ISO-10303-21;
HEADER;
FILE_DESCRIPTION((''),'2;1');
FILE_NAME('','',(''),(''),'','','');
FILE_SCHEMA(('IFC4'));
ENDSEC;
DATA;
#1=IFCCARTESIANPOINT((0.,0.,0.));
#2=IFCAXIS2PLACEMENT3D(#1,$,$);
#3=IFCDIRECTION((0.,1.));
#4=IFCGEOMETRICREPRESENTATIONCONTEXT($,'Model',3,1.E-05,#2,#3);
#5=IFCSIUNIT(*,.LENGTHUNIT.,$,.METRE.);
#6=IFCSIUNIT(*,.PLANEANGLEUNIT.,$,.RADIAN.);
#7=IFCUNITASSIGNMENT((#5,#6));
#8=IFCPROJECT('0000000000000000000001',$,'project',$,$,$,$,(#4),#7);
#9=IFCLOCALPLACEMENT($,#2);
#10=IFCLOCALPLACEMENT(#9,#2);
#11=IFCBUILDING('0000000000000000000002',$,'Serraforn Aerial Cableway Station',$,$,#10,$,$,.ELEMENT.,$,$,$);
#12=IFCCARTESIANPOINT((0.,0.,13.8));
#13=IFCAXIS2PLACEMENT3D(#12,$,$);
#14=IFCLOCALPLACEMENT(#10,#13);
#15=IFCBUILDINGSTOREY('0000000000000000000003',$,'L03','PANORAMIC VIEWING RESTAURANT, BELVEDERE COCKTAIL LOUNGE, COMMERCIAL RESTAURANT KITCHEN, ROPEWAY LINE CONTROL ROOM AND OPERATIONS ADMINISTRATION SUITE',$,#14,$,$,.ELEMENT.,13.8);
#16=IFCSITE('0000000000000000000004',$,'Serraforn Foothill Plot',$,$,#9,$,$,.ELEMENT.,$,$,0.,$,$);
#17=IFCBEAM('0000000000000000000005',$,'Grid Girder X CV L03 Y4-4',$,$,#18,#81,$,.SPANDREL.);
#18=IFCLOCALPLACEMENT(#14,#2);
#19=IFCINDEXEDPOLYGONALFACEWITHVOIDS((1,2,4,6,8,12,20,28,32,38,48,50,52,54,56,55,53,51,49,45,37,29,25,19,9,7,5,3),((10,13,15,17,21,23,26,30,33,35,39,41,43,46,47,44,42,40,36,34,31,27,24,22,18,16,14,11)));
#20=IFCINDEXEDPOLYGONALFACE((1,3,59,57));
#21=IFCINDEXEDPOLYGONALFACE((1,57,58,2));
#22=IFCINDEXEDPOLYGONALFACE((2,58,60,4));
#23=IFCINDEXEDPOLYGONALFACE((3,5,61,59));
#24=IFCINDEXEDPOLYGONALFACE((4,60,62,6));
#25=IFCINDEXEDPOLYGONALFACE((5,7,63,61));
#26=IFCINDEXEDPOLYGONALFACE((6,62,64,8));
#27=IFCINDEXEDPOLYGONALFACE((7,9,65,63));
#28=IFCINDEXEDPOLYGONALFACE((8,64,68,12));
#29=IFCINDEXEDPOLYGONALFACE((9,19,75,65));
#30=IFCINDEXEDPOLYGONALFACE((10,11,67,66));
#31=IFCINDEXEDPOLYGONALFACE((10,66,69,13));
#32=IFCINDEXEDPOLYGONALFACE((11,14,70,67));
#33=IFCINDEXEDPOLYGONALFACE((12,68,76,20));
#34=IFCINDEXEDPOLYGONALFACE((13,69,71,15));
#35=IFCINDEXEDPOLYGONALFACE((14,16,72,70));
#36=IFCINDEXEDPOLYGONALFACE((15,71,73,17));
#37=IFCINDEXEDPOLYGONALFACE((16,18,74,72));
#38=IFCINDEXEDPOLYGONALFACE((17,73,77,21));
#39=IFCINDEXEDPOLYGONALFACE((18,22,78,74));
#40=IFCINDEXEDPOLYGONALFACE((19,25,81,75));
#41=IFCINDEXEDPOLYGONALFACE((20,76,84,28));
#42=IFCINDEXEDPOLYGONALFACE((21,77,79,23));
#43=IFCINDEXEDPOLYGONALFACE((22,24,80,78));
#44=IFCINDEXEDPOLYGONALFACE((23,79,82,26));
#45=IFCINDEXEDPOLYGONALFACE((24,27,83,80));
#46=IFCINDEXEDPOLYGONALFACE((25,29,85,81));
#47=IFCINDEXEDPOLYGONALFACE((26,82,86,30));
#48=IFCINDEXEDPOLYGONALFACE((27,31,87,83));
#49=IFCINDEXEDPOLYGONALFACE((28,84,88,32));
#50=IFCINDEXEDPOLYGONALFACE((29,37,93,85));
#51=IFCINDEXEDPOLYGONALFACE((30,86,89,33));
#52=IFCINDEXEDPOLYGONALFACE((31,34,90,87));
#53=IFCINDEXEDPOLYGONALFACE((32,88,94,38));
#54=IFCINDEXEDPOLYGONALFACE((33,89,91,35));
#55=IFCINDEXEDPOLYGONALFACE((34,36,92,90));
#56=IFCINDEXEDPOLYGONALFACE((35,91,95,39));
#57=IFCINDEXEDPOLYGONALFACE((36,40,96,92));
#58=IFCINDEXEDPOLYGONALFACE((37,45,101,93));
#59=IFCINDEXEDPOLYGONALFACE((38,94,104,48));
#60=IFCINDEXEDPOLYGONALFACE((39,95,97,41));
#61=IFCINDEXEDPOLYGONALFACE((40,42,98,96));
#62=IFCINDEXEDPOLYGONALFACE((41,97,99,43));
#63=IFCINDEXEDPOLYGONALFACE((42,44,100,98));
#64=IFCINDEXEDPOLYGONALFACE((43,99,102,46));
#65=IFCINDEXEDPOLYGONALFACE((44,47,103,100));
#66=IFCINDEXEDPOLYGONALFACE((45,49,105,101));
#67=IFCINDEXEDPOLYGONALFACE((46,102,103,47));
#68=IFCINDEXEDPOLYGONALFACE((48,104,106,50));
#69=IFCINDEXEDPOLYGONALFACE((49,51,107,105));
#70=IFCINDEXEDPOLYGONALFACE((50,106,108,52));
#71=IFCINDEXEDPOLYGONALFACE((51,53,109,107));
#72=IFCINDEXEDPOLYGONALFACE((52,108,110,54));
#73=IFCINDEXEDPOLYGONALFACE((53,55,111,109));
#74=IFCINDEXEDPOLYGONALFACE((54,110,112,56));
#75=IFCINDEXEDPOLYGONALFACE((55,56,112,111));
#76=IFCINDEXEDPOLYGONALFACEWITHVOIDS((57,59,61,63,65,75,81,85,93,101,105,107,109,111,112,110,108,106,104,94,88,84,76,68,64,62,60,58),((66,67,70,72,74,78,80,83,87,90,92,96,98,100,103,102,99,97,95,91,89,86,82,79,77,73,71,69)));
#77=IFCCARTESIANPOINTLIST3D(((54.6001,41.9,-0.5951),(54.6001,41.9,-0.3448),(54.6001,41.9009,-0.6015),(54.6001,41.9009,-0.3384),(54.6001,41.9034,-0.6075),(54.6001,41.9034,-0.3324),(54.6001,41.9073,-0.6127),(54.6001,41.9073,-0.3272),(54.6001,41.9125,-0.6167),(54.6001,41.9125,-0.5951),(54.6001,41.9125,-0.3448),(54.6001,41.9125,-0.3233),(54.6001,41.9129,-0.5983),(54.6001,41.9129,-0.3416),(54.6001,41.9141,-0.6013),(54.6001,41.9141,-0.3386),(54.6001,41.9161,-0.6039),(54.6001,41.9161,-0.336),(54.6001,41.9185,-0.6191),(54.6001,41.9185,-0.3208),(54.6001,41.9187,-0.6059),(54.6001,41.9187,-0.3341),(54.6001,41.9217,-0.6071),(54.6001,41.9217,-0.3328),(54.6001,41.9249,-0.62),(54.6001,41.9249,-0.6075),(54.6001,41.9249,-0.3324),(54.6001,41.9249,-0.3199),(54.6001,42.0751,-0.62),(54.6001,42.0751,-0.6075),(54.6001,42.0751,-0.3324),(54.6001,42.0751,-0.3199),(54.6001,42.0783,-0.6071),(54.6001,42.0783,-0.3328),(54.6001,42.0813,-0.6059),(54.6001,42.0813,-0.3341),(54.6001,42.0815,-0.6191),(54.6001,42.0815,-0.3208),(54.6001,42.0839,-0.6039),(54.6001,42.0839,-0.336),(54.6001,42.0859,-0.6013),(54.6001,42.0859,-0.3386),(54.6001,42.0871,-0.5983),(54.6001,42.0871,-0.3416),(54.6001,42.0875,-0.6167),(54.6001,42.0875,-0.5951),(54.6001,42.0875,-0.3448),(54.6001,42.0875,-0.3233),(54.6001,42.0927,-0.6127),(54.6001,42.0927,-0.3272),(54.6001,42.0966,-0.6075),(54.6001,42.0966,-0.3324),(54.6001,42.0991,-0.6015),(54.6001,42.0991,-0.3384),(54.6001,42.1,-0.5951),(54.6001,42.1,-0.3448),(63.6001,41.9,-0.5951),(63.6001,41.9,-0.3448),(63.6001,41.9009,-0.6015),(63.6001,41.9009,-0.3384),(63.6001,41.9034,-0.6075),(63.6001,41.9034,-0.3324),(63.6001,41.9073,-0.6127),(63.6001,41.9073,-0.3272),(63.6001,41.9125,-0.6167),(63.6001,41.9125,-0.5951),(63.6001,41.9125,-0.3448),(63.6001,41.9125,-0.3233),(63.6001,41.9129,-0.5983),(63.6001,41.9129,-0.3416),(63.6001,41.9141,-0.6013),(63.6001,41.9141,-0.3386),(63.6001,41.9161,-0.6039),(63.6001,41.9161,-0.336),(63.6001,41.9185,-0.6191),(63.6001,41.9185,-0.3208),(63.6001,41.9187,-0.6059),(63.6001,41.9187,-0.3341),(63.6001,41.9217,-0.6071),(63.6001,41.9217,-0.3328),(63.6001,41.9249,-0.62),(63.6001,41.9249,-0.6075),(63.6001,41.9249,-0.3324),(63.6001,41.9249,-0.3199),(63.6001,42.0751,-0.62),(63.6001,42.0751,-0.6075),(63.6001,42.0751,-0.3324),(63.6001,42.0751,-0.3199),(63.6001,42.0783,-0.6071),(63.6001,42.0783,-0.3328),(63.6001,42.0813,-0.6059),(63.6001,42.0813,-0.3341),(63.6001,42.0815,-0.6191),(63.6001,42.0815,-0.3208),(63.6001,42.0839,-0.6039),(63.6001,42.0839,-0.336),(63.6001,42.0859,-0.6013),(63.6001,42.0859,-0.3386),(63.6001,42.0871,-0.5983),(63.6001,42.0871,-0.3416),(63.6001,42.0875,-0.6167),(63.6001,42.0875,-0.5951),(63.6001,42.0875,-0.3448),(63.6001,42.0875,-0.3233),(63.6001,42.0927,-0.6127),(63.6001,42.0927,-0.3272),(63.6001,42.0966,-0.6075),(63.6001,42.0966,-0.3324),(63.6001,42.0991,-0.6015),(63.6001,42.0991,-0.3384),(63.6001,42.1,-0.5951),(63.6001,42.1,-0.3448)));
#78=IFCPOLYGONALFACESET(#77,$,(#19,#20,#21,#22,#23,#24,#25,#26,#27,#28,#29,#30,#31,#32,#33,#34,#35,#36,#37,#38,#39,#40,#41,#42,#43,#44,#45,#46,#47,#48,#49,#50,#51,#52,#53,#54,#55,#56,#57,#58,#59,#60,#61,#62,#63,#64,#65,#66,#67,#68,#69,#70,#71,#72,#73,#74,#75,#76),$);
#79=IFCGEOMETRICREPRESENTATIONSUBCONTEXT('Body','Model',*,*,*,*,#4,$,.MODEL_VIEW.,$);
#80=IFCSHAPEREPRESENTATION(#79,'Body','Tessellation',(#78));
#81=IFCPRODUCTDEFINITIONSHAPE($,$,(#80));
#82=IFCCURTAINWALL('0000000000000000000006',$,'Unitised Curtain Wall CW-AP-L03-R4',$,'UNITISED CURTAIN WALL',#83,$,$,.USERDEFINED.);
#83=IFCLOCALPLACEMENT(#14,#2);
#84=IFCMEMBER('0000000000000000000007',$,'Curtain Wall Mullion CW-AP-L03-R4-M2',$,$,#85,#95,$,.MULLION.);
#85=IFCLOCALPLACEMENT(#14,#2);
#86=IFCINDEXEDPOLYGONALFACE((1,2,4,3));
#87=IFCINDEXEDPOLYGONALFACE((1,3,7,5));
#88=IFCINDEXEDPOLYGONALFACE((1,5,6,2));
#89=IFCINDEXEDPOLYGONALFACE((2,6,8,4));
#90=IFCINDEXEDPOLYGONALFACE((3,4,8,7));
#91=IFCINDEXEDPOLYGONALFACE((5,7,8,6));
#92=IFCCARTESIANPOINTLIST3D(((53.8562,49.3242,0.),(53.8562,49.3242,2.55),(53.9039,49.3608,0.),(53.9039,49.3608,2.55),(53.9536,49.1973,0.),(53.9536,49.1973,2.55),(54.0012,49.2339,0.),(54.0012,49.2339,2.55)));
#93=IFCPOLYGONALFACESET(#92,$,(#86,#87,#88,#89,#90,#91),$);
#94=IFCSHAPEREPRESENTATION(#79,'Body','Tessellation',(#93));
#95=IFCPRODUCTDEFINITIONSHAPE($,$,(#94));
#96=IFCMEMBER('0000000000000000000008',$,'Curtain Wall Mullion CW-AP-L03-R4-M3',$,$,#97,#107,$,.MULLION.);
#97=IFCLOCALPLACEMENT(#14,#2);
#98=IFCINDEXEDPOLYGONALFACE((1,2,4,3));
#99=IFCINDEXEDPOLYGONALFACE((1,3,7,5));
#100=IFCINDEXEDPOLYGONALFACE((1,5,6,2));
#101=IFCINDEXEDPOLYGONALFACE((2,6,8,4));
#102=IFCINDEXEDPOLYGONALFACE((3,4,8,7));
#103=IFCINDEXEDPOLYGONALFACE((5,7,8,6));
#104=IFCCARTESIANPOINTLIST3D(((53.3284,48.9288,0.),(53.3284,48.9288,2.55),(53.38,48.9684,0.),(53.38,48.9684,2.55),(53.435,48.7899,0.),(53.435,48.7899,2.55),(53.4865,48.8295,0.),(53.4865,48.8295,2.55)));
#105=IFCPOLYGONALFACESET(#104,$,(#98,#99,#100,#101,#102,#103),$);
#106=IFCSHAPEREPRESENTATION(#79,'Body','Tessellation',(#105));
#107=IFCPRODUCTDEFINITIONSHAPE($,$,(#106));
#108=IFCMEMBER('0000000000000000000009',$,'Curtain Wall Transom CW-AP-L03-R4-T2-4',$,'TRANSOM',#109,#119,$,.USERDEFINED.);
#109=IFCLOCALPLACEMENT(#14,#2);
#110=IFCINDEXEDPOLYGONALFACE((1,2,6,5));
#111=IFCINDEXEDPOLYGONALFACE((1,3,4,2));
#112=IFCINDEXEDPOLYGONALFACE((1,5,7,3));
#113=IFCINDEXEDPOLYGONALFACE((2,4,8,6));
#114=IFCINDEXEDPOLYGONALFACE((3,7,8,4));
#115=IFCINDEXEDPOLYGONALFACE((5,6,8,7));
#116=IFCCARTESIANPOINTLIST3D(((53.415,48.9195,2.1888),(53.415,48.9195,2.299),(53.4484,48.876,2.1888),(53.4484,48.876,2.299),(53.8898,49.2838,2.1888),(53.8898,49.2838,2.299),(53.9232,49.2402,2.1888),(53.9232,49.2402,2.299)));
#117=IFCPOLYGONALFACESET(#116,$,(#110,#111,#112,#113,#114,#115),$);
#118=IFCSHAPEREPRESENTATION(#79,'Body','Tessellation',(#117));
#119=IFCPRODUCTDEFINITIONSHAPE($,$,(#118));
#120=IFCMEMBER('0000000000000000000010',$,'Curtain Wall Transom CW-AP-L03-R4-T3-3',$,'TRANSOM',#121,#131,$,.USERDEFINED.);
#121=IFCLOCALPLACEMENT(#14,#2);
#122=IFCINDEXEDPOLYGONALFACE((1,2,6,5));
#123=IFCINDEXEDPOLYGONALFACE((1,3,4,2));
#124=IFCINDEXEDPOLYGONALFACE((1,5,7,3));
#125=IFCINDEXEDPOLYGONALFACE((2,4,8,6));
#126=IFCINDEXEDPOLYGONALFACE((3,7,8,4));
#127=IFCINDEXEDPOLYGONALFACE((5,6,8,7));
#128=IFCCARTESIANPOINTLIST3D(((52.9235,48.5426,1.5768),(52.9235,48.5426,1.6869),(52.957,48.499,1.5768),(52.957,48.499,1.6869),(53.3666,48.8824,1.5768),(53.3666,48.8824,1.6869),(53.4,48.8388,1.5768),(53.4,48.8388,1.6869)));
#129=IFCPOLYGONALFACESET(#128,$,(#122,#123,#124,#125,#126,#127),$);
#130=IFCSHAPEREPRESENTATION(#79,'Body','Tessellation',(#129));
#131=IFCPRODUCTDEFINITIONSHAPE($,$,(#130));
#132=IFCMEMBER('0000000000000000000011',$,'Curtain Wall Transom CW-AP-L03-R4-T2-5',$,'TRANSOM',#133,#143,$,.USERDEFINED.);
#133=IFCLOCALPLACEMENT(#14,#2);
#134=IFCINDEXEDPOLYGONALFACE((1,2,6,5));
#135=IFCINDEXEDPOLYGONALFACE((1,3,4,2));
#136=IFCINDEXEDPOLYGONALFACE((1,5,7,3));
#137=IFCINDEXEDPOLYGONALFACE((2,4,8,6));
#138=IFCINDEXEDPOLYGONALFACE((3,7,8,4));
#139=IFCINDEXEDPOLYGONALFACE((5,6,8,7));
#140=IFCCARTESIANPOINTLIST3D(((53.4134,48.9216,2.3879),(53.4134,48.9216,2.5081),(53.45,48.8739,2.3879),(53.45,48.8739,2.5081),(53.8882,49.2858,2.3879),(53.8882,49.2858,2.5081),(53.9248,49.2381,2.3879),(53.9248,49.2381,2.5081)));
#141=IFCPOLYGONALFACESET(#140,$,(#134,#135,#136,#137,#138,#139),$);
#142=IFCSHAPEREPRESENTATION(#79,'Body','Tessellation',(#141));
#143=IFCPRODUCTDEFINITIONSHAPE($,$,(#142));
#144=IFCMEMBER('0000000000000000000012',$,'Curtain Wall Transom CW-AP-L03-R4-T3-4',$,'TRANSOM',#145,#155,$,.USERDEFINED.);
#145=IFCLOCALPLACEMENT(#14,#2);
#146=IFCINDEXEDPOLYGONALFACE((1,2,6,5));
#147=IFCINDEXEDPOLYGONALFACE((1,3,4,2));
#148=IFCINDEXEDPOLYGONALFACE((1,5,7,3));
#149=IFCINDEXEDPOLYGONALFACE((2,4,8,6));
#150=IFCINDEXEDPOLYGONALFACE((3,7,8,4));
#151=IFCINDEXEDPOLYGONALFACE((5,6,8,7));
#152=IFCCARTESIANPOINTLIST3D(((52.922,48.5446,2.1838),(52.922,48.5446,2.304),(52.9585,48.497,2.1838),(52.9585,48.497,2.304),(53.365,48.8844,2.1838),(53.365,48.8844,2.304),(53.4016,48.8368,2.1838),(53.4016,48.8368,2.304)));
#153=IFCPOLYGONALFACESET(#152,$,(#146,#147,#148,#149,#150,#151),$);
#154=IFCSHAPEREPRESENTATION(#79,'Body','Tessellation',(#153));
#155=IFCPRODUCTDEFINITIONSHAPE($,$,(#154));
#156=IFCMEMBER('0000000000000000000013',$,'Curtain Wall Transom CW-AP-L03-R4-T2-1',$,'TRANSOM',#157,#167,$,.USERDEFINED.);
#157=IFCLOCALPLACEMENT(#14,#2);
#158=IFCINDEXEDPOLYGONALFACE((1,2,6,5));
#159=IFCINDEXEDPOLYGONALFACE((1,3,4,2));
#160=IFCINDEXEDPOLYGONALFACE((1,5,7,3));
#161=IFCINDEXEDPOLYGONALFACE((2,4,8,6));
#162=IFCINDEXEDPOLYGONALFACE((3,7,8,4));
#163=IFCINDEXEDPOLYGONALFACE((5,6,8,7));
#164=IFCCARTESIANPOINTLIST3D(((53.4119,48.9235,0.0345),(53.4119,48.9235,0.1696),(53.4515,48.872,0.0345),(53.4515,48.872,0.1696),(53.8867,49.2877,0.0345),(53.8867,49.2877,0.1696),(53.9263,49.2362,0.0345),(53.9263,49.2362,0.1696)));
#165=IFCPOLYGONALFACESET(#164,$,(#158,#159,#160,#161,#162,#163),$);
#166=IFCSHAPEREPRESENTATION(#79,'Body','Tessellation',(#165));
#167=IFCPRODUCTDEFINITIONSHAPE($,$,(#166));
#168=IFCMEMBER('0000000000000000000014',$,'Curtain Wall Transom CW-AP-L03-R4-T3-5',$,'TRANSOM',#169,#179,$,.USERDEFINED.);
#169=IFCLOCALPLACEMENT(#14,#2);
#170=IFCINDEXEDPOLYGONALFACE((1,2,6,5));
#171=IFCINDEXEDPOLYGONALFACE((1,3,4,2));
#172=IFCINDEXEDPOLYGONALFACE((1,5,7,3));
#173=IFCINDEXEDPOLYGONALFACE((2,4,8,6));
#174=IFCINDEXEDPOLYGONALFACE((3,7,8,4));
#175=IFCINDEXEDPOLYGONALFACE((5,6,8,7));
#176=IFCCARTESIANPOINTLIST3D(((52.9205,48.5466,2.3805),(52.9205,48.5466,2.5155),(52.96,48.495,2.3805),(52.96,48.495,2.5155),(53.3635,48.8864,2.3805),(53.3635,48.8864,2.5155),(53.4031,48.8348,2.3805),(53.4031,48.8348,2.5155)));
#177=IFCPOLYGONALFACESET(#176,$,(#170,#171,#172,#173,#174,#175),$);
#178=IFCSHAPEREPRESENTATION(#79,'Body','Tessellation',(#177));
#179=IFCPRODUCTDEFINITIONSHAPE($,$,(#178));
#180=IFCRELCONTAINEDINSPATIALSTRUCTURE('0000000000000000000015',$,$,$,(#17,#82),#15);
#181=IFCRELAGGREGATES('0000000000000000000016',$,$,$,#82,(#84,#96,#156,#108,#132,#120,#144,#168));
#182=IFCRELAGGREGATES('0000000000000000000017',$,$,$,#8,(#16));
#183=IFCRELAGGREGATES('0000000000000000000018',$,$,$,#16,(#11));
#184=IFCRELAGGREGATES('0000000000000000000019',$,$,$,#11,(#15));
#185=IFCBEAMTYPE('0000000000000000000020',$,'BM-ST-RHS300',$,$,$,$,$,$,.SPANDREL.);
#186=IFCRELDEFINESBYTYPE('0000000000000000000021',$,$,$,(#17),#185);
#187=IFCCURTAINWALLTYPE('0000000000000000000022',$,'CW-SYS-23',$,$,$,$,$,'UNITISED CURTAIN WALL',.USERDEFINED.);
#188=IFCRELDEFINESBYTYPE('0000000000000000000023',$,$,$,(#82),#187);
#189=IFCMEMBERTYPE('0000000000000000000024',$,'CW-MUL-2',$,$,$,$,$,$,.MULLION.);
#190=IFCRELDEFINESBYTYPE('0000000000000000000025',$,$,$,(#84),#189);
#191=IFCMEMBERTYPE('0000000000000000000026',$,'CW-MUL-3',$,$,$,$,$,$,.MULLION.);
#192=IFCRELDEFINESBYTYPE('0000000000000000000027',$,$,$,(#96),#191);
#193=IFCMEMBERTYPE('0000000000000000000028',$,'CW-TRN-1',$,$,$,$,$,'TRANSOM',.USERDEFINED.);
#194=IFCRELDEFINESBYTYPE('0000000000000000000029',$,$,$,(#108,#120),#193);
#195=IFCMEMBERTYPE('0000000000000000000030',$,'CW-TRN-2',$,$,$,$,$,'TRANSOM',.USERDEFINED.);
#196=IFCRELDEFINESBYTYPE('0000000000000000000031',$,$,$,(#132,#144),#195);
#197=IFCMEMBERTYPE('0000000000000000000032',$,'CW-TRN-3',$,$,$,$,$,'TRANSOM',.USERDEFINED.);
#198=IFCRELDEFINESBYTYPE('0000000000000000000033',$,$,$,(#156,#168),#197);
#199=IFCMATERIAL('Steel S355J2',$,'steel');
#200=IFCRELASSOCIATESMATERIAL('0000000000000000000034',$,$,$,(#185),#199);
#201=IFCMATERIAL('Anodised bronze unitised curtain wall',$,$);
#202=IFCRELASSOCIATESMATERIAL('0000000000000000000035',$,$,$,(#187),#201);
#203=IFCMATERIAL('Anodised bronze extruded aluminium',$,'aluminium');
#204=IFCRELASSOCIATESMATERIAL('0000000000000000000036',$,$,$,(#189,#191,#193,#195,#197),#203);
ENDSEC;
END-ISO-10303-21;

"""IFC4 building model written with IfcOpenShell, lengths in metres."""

from ifc_helpers import new_model, si_unit, direction, frame, origin, origin_2d, place, context, subcontext, project, spatial, rectangle, hollow_rectangle, extrude, material, material_profile, profile_set, type_object, element, aggregate, save


model = new_model("IFC4")

# Units and contexts
model_context = context("Model", 3, precision=1e-05, world=origin(), true_north=direction((0.0, 1.0)))
body_context = subcontext(model_context, "Body", "Model", "MODEL_VIEW")
ifc_project = project(units=[si_unit("LENGTHUNIT", "METRE"), si_unit("PLANEANGLEUNIT", "RADIAN")], contexts=[model_context])

# Site, building, storey
site_placement = place(None, origin())
site = spatial("IfcSite", under=ifc_project, at=site_placement, Name="Serraforn Foothill Plot", CompositionType="ELEMENT", RefElevation=0.0)
building_placement = place(site_placement, origin())
building = spatial("IfcBuilding", under=site, at=building_placement, Name="Serraforn Aerial Cableway Station", CompositionType="ELEMENT")
storey_placement = place(building_placement, frame((0.0, 0.0, 13.8)))
storey = spatial("IfcBuildingStorey", under=building, at=storey_placement, Name="L03", Description="PANORAMIC VIEWING RESTAURANT, BELVEDERE COCKTAIL LOUNGE, COMMERCIAL RESTAURANT KITCHEN, ROPEWAY LINE CONTROL ROOM AND OPERATIONS ADMINISTRATION SUITE", CompositionType="ELEMENT", Elevation=13.8)

# Shared definitions
ifc_material_1 = material(Name="Steel S355J2", Category="steel")

# Beam
ifc_material_profile_1 = material_profile(ifc_material_1, hollow_rectangle(XDim=0.2, YDim=0.3, WallThickness=0.0125, InnerFilletRadius=0.0125, OuterFilletRadius=0.0249, at=origin_2d()), Name="RHS 300x200x12.5")
ifc_profile_set_1 = profile_set([ifc_material_profile_1], Name="Steel S355J2")
beam_type_1 = type_object("IfcBeamType", Name="BM-ST-RHS300", PredefinedType="SPANDREL", material=ifc_profile_set_1)
beam_1_placement = place(storey_placement, frame((54.6001, 42.0, -0.47), z_axis=(1.0, 0.0, 0.0), x_axis=(0.0, 1.0, 0.0)))
element("IfcBeam", 1, at=beam_1_placement, inside=storey, type_object=beam_type_1, Name="Grid Girder X CV L03 Y4-4", PredefinedType="SPANDREL", context=body_context, shape_type="SweptSolid", body=[
    extrude(hollow_rectangle(XDim=0.2, YDim=0.3, WallThickness=0.0125, InnerFilletRadius=0.0125, OuterFilletRadius=0.0249, at=origin_2d()), origin(), (0.0, 0.0, 1.0), 9.0),
])

# Curtain wall, members
ifc_material_2 = material(Name="Anodised bronze unitised curtain wall")
curtain_wall_type = type_object("IfcCurtainWallType", Name="CW-SYS-23", ElementType="UNITISED CURTAIN WALL", PredefinedType="USERDEFINED", material=ifc_material_2)
curtain_wall_placement = place(storey_placement, origin())
curtain_wall = element("IfcCurtainWall", 2, at=curtain_wall_placement, inside=storey, type_object=curtain_wall_type, Name="Unitised Curtain Wall CW-AP-L03-R4", ObjectType="UNITISED CURTAIN WALL", PredefinedType="USERDEFINED")
ifc_material_3 = material(Name="Anodised bronze extruded aluminium", Category="aluminium")
ifc_material_profile_2 = material_profile(ifc_material_3, rectangle(XDim=0.0601, YDim=0.1599, at=origin_2d()), Name="CW MULLION 60x160")
ifc_profile_set_2 = profile_set([ifc_material_profile_2], Name="Anodised bronze extruded aluminium")
member_type_1 = type_object("IfcMemberType", Name="CW-MUL-2", PredefinedType="MULLION", material=ifc_profile_set_2)
member_1_placement = place(storey_placement, frame((53.9287, 49.2791, 0.0), z_axis=(0.0, 0.0, 1.0), x_axis=(-0.793363, -0.608749, 0.0)))
member_1 = element("IfcMember", 3, at=member_1_placement, type_object=member_type_1, Name="Curtain Wall Mullion CW-AP-L03-R4-M2", PredefinedType="MULLION", context=body_context, shape_type="SweptSolid", body=[
    extrude(rectangle(XDim=0.0601, YDim=0.1599, at=origin_2d()), origin(), (0.0, 0.0, 1.0), 2.55),
])
ifc_material_profile_3 = material_profile(ifc_material_3, rectangle(XDim=0.0649, YDim=0.175, at=origin_2d()), Name="CW MULLION 65x175")
ifc_profile_set_3 = profile_set([ifc_material_profile_3], Name="Anodised bronze extruded aluminium")
member_type_2 = type_object("IfcMemberType", Name="CW-MUL-3", PredefinedType="MULLION", material=ifc_profile_set_3)
member_2_placement = place(storey_placement, frame((53.4075, 48.8792, 0.0), z_axis=(0.0, 0.0, 1.0), x_axis=(-0.793363, -0.608749, 0.0)))
member_2 = element("IfcMember", 4, at=member_2_placement, type_object=member_type_2, Name="Curtain Wall Mullion CW-AP-L03-R4-M3", PredefinedType="MULLION", context=body_context, shape_type="SweptSolid", body=[
    extrude(rectangle(XDim=0.0649, YDim=0.175, at=origin_2d()), origin(), (0.0, 0.0, 1.0), 2.55),
])
ifc_material_profile_4 = material_profile(ifc_material_3, rectangle(XDim=0.0549, YDim=0.1101, at=origin_2d()), Name="CW TRANSOM 55x110")
ifc_profile_set_4 = profile_set([ifc_material_profile_4], Name="Anodised bronze extruded aluminium")
member_type_3 = type_object("IfcMemberType", Name="CW-TRN-1", ElementType="TRANSOM", PredefinedType="USERDEFINED", material=ifc_profile_set_4)
member_3_placement = place(storey_placement, frame((53.9065, 49.262, 2.2439), z_axis=(-0.793442, -0.608646, 0.0), x_axis=(0.608646, -0.793442, 0.0)))
member_3 = element("IfcMember", 5, at=member_3_placement, type_object=member_type_3, Name="Curtain Wall Transom CW-AP-L03-R4-T2-4", ObjectType="TRANSOM", PredefinedType="USERDEFINED", context=body_context, shape_type="SweptSolid", body=[
    extrude(rectangle(XDim=0.0549, YDim=0.1101, at=origin_2d()), origin(), (0.0, 0.0, 1.0), 0.5984),
])
member_4_placement = place(storey_placement, frame((53.3833, 48.8606, 1.6318), z_axis=(-0.793501, -0.608569, 0.0), x_axis=(0.608569, -0.793501, 0.0)))
member_4 = element("IfcMember", 6, at=member_4_placement, type_object=member_type_3, Name="Curtain Wall Transom CW-AP-L03-R4-T3-3", ObjectType="TRANSOM", PredefinedType="USERDEFINED", context=body_context, shape_type="SweptSolid", body=[
    extrude(rectangle(XDim=0.0549, YDim=0.1101, at=origin_2d()), origin(), (0.0, 0.0, 1.0), 0.5583),
])
ifc_material_profile_5 = material_profile(ifc_material_3, rectangle(XDim=0.0601, YDim=0.1201, at=origin_2d()), Name="CW TRANSOM 60x120")
ifc_profile_set_5 = profile_set([ifc_material_profile_5], Name="Anodised bronze extruded aluminium")
member_type_4 = type_object("IfcMemberType", Name="CW-TRN-2", ElementType="TRANSOM", PredefinedType="USERDEFINED", material=ifc_profile_set_5)
member_5_placement = place(storey_placement, frame((53.9065, 49.262, 2.448), z_axis=(-0.793442, -0.608646, 0.0), x_axis=(0.608646, -0.793442, 0.0)))
member_5 = element("IfcMember", 7, at=member_5_placement, type_object=member_type_4, Name="Curtain Wall Transom CW-AP-L03-R4-T2-5", ObjectType="TRANSOM", PredefinedType="USERDEFINED", context=body_context, shape_type="SweptSolid", body=[
    extrude(rectangle(XDim=0.0601, YDim=0.1201, at=origin_2d()), origin(), (0.0, 0.0, 1.0), 0.5984),
])
member_6_placement = place(storey_placement, frame((53.3833, 48.8606, 2.2439), z_axis=(-0.793501, -0.608569, 0.0), x_axis=(0.608569, -0.793501, 0.0)))
member_6 = element("IfcMember", 8, at=member_6_placement, type_object=member_type_4, Name="Curtain Wall Transom CW-AP-L03-R4-T3-4", ObjectType="TRANSOM", PredefinedType="USERDEFINED", context=body_context, shape_type="SweptSolid", body=[
    extrude(rectangle(XDim=0.0601, YDim=0.1201, at=origin_2d()), origin(), (0.0, 0.0, 1.0), 0.5583),
])
ifc_material_profile_6 = material_profile(ifc_material_3, rectangle(XDim=0.0649, YDim=0.135, at=origin_2d()), Name="CW TRANSOM 65x135")
ifc_profile_set_6 = profile_set([ifc_material_profile_6], Name="Anodised bronze extruded aluminium")
member_type_5 = type_object("IfcMemberType", Name="CW-TRN-3", ElementType="TRANSOM", PredefinedType="USERDEFINED", material=ifc_profile_set_6)
member_7_placement = place(storey_placement, frame((53.9065, 49.262, 0.1021), z_axis=(-0.793442, -0.608646, 0.0), x_axis=(0.608646, -0.793442, 0.0)))
member_7 = element("IfcMember", 9, at=member_7_placement, type_object=member_type_5, Name="Curtain Wall Transom CW-AP-L03-R4-T2-1", ObjectType="TRANSOM", PredefinedType="USERDEFINED", context=body_context, shape_type="SweptSolid", body=[
    extrude(rectangle(XDim=0.0649, YDim=0.135, at=origin_2d()), origin(), (0.0, 0.0, 1.0), 0.5984),
])
member_8_placement = place(storey_placement, frame((53.3833, 48.8606, 2.448), z_axis=(-0.793501, -0.608569, 0.0), x_axis=(0.608569, -0.793501, 0.0)))
member_8 = element("IfcMember", 10, at=member_8_placement, type_object=member_type_5, Name="Curtain Wall Transom CW-AP-L03-R4-T3-5", ObjectType="TRANSOM", PredefinedType="USERDEFINED", context=body_context, shape_type="SweptSolid", body=[
    extrude(rectangle(XDim=0.0649, YDim=0.135, at=origin_2d()), origin(), (0.0, 0.0, 1.0), 0.5583),
])
aggregate(curtain_wall, [member_1, member_2, member_7, member_3, member_5, member_4, member_6, member_8])

save(model, "model.ifc")
